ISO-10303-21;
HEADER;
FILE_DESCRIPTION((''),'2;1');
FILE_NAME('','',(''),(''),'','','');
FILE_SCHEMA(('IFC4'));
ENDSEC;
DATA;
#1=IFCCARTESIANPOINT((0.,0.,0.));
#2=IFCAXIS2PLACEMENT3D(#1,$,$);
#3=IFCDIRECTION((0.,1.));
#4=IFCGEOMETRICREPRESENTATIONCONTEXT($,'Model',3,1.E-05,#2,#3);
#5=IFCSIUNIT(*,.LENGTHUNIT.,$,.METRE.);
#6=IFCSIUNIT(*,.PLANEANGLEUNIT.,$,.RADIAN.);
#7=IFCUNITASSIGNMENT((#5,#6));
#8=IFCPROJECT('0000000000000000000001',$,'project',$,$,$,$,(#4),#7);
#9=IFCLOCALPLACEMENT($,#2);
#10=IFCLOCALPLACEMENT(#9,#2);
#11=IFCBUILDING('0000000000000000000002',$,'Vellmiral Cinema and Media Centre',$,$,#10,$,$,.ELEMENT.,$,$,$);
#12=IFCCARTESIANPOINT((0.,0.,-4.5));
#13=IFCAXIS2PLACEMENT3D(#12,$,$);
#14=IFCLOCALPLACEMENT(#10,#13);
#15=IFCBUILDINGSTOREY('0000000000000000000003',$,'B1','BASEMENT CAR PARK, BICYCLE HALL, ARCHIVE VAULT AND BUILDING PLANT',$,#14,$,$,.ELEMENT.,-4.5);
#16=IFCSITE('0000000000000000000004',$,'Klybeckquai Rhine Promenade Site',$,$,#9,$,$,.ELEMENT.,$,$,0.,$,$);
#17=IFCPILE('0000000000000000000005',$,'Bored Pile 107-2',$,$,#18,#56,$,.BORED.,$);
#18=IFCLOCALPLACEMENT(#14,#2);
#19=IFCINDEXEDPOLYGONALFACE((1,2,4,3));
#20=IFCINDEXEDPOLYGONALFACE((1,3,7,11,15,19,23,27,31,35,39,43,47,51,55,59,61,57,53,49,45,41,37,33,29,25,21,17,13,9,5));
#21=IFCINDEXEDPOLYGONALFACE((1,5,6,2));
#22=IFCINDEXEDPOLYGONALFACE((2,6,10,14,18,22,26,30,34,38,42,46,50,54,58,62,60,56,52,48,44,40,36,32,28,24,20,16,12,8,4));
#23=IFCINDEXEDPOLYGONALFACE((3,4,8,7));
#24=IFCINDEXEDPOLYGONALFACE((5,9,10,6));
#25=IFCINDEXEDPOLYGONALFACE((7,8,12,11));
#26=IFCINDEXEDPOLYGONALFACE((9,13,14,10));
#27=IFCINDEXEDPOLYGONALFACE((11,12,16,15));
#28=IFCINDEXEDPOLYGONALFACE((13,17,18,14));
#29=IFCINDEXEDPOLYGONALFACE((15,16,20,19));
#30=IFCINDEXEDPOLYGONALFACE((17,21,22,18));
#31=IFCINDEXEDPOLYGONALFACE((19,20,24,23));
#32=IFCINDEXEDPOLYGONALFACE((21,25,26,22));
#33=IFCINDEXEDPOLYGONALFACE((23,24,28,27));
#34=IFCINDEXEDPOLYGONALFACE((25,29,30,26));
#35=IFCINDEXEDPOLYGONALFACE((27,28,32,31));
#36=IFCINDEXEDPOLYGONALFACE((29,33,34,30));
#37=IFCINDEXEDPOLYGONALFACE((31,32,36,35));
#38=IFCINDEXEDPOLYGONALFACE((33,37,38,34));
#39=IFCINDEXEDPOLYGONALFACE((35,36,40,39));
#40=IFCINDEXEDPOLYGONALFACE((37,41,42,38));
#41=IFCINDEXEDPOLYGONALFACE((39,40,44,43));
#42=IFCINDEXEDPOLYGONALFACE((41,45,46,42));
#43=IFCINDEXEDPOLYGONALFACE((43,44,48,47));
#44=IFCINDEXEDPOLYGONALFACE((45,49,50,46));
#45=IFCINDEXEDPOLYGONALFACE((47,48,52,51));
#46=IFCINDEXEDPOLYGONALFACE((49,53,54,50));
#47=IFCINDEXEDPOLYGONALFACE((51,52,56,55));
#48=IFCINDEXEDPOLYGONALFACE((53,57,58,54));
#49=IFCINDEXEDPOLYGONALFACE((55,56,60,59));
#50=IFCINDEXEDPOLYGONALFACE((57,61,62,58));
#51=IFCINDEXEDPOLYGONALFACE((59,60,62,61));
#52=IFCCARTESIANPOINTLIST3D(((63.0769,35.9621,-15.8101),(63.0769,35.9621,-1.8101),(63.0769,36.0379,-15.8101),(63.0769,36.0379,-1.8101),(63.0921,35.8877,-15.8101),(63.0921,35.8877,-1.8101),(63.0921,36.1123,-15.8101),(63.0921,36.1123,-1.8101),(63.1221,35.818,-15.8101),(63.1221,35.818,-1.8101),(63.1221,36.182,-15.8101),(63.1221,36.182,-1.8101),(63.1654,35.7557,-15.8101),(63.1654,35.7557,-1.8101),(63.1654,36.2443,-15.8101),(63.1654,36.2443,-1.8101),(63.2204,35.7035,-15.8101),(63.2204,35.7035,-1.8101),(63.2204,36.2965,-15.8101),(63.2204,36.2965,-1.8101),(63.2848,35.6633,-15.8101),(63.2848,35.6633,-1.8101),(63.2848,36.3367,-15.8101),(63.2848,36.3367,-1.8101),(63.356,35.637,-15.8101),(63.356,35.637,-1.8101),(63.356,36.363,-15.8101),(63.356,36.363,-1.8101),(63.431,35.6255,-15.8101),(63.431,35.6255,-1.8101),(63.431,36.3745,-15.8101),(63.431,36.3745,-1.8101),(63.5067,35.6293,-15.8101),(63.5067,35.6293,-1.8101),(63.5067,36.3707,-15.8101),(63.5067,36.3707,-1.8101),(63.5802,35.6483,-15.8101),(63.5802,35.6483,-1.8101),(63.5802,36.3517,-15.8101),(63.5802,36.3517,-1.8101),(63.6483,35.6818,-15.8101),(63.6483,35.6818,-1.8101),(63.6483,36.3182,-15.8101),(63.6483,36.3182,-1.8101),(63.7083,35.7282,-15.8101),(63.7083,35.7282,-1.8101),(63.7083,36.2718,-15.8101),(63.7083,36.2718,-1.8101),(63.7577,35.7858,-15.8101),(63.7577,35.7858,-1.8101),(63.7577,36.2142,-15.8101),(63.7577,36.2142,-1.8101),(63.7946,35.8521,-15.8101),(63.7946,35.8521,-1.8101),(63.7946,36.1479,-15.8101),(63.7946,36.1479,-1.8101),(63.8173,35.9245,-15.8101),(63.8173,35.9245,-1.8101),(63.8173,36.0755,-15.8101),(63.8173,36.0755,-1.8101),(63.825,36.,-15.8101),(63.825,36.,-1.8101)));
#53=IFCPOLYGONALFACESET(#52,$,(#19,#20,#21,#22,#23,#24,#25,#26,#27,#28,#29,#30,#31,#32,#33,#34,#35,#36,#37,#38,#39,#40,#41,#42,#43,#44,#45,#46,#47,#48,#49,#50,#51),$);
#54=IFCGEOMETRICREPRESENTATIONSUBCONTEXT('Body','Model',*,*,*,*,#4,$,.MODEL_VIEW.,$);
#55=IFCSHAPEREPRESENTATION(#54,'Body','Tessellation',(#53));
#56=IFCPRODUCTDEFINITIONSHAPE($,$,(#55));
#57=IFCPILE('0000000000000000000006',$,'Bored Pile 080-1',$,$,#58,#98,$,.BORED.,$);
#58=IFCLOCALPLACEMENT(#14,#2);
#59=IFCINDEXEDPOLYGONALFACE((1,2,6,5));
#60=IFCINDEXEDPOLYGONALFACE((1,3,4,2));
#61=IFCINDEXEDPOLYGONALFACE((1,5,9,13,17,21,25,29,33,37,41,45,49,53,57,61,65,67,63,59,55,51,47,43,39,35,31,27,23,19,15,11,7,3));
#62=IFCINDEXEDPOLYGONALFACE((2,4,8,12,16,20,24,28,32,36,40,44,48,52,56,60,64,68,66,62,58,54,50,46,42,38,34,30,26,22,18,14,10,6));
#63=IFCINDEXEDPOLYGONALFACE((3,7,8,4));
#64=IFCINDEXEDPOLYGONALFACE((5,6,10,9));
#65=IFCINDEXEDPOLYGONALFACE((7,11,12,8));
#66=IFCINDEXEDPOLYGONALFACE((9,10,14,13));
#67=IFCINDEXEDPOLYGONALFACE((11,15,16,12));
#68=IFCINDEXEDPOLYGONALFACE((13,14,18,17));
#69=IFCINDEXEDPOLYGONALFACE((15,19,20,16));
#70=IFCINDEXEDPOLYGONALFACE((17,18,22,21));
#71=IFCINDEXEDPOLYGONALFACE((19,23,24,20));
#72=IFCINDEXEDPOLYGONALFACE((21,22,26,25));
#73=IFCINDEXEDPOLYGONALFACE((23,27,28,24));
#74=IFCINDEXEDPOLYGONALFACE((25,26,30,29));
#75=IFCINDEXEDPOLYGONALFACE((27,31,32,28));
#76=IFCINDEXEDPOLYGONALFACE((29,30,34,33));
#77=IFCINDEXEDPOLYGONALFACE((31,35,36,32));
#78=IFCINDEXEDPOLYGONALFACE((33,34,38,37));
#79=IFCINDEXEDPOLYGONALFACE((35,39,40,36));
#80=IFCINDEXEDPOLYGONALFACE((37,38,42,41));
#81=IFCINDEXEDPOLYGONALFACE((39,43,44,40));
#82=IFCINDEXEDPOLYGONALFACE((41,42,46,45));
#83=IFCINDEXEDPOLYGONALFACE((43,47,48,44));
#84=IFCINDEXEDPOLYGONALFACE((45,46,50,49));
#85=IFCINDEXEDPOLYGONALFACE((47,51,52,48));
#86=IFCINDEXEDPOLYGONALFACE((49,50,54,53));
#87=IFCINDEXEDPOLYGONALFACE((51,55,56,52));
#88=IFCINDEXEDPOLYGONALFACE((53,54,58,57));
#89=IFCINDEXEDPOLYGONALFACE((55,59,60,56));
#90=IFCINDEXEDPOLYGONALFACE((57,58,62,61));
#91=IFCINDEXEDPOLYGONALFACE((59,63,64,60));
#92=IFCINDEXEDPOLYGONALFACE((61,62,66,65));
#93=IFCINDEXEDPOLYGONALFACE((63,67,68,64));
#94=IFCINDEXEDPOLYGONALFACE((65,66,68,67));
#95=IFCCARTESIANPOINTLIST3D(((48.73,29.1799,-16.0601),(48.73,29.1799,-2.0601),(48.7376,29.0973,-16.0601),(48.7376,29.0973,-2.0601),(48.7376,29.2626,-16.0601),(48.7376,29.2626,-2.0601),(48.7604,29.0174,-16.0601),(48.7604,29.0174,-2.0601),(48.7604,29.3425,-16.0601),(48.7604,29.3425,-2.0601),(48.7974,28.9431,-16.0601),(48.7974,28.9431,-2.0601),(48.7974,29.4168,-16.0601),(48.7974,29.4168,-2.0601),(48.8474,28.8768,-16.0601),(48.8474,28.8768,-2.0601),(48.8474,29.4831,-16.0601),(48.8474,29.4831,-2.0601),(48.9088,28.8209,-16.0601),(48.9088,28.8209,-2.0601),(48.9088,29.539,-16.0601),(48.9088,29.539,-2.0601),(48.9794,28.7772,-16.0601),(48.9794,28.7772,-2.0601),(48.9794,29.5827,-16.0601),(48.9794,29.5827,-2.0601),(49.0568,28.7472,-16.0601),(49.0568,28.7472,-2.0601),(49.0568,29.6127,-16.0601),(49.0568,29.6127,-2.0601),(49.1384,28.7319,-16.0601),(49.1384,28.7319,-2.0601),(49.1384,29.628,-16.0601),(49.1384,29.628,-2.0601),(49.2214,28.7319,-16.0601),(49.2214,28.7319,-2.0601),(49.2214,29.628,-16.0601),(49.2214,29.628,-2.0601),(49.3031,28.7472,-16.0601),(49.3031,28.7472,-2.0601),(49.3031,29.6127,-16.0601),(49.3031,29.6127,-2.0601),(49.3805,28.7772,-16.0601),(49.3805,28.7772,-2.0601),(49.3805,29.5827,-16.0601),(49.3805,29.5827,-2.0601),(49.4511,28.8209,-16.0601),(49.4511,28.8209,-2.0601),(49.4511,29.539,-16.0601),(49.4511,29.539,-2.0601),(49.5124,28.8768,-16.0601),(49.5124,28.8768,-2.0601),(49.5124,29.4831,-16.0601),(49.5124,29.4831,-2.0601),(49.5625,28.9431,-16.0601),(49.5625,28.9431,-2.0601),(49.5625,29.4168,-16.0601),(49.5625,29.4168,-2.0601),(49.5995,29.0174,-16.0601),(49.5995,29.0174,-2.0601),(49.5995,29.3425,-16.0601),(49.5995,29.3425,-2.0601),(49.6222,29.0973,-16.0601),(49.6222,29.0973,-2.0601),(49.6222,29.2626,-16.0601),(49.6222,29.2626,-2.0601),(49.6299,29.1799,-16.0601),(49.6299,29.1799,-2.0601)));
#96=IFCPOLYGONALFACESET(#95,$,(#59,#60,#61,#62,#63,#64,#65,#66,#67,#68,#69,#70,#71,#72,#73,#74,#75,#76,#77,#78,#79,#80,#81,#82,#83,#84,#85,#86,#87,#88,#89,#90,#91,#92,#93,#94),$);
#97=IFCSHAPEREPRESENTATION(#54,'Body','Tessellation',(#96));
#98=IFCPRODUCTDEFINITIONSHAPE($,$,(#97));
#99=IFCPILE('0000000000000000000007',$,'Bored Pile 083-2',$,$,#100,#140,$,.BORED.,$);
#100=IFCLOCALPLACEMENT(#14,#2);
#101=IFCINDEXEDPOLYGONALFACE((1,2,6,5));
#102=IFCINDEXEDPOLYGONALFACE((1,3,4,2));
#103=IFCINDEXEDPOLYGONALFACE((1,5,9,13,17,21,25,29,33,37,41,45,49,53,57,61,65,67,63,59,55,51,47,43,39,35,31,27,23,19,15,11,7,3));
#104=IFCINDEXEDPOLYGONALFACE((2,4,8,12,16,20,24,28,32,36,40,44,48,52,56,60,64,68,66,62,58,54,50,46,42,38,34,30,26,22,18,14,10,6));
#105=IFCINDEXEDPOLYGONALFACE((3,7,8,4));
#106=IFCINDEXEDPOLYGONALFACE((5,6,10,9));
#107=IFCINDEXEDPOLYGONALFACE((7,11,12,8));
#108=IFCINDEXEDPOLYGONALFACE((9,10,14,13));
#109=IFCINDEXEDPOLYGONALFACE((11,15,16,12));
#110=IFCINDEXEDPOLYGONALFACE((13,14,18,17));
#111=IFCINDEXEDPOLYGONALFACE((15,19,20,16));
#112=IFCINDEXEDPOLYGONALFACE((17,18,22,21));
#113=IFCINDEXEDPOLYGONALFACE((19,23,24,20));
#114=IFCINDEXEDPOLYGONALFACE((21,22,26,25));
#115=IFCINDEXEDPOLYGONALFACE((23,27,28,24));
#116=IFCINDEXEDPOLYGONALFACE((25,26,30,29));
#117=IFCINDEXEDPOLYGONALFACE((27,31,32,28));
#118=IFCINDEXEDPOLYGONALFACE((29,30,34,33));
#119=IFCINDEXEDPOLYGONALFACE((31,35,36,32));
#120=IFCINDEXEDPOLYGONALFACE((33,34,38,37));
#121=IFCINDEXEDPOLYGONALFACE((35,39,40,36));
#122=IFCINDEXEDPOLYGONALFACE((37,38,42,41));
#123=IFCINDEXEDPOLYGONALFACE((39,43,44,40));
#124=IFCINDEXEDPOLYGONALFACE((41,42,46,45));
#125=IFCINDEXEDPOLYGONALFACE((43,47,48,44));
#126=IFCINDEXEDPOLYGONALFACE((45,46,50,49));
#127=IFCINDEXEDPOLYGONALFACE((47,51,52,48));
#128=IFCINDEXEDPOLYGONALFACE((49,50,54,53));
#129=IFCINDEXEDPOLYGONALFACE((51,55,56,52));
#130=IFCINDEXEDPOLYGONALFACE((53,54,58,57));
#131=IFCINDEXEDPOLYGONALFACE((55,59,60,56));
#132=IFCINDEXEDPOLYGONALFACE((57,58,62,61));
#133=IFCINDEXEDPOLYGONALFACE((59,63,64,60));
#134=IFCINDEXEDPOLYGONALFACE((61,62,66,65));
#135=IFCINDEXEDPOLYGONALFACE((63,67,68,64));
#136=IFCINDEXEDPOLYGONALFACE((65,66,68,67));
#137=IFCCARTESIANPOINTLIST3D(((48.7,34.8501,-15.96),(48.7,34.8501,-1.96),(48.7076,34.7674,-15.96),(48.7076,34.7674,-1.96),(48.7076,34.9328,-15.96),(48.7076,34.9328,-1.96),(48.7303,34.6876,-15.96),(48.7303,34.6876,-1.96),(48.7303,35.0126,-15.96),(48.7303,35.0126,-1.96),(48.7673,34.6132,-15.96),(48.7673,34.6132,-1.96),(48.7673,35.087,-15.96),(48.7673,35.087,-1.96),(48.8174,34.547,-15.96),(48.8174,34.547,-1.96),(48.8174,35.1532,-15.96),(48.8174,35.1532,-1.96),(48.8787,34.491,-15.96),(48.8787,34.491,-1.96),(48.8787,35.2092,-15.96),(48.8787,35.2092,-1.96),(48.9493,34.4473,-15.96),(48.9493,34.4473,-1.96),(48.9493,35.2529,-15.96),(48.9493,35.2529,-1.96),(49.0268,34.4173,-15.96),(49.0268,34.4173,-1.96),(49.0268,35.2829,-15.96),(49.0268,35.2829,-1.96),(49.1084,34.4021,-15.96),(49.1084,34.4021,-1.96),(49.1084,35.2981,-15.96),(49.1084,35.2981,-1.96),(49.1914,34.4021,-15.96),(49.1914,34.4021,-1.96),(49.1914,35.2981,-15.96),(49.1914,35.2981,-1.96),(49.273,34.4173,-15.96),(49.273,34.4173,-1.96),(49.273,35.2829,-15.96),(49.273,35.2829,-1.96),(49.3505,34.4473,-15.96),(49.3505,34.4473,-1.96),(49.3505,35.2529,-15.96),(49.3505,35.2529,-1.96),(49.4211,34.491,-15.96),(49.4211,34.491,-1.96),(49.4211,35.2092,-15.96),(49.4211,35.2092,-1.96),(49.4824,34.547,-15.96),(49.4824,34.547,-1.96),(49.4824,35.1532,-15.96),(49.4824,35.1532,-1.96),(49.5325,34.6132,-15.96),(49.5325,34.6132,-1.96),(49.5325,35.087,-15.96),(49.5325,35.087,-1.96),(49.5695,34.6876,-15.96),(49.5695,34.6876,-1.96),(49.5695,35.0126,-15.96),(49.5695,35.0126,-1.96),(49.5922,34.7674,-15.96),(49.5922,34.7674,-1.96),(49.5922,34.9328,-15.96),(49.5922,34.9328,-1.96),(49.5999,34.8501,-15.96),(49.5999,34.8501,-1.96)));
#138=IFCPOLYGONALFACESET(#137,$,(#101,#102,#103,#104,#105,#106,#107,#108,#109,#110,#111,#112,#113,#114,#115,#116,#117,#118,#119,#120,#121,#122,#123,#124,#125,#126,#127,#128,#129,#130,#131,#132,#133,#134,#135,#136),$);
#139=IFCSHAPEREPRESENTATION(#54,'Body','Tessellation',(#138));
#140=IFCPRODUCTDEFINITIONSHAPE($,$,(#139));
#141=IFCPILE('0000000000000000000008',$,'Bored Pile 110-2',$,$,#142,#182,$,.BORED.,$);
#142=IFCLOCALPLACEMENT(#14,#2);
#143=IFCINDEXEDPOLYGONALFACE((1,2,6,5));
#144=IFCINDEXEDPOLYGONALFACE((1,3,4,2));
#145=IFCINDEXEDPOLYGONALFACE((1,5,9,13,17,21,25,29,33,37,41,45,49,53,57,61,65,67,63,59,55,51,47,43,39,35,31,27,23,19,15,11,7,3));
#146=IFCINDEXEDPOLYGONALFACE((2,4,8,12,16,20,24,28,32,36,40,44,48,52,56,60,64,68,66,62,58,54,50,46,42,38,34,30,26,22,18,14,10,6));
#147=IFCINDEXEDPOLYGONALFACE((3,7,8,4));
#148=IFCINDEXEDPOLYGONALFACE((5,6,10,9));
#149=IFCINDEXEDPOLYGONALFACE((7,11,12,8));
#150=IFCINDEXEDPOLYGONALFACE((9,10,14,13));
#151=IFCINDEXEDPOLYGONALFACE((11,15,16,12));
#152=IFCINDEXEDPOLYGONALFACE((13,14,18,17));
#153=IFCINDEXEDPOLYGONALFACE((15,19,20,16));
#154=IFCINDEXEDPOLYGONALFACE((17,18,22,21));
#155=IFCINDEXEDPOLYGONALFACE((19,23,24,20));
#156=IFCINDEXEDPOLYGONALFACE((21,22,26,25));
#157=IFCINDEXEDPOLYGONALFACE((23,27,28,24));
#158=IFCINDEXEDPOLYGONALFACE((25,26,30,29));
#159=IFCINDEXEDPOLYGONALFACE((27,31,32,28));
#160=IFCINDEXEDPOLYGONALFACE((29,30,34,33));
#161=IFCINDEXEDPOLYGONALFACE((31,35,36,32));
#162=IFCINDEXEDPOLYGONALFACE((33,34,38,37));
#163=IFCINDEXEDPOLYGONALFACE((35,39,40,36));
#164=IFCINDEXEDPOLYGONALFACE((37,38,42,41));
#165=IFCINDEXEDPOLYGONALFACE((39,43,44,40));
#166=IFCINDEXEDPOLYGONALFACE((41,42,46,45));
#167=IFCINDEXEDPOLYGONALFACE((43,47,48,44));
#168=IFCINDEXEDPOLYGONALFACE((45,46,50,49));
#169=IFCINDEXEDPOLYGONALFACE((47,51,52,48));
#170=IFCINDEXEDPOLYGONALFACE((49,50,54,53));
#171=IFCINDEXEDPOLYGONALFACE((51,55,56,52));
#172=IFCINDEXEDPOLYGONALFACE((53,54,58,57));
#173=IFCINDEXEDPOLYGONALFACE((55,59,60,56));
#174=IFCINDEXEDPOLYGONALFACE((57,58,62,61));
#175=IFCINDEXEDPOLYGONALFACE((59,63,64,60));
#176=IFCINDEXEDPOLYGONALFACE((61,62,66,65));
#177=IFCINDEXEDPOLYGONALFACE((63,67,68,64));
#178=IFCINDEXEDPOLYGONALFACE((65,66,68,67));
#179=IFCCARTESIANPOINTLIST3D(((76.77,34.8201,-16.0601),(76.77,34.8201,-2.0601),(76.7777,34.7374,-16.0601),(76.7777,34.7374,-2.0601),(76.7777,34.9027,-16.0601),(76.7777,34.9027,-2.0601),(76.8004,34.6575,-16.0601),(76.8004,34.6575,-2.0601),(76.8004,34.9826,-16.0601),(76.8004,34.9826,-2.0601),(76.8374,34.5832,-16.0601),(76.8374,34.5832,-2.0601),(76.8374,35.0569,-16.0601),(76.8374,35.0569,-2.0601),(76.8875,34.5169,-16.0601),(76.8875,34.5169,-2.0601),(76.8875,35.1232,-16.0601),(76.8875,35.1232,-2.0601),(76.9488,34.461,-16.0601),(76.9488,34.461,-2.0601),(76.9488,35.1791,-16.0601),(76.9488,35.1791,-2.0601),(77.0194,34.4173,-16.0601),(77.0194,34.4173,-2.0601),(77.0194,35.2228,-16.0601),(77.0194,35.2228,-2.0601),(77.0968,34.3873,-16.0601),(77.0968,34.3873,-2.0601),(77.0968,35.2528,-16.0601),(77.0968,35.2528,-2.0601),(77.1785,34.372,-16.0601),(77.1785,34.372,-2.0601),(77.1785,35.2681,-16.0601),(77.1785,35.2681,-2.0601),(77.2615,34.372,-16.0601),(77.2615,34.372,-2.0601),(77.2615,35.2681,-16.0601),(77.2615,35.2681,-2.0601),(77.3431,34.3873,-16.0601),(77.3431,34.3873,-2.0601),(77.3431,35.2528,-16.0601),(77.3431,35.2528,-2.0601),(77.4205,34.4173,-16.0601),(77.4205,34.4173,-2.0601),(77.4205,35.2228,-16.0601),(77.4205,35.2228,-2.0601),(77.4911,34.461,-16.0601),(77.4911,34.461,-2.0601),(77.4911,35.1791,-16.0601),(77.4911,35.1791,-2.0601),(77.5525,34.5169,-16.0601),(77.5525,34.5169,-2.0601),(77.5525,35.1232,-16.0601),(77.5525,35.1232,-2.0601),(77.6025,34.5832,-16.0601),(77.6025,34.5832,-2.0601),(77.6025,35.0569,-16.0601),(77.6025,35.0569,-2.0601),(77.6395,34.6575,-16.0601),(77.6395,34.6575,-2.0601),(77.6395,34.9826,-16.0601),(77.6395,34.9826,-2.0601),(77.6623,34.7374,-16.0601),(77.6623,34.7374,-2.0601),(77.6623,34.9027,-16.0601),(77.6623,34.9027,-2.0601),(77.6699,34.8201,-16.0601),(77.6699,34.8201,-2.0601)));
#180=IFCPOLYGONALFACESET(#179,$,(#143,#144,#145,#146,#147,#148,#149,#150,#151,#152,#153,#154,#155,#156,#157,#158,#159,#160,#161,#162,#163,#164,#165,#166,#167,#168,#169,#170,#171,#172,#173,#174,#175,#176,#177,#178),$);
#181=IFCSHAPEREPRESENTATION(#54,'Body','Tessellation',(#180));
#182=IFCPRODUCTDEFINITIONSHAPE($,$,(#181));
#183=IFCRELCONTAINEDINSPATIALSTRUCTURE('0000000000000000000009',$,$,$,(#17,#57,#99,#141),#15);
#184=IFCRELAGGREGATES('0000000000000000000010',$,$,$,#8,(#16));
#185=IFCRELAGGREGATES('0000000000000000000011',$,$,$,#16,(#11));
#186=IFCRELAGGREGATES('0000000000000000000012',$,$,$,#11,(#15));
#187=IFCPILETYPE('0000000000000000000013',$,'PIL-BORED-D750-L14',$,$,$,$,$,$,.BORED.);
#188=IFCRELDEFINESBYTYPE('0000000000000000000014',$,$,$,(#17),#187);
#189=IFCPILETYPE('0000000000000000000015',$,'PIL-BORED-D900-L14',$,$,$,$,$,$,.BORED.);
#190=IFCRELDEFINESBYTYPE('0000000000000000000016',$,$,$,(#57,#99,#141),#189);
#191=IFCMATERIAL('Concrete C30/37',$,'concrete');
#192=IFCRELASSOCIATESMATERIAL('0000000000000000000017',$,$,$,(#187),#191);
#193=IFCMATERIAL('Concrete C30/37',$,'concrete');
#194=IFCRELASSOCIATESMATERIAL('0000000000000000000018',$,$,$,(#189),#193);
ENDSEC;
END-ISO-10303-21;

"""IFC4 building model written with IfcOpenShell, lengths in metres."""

from ifc_helpers import new_model, si_unit, direction, frame, origin, origin_2d, place, context, subcontext, project, spatial, circle, extrude, material, material_profile, profile_set, type_object, element, save


model = new_model("IFC4")

# Units and contexts
model_context = context("Model", 3, precision=1e-05, world=origin(), true_north=direction((0.0, 1.0)))
body_context = subcontext(model_context, "Body", "Model", "MODEL_VIEW")
ifc_project = project(units=[si_unit("LENGTHUNIT", "METRE"), si_unit("PLANEANGLEUNIT", "RADIAN")], contexts=[model_context])

# Site, building, storey
site_placement = place(None, origin())
site = spatial("IfcSite", under=ifc_project, at=site_placement, Name="Klybeckquai Rhine Promenade Site", CompositionType="ELEMENT", RefElevation=0.0)
building_placement = place(site_placement, origin())
building = spatial("IfcBuilding", under=site, at=building_placement, Name="Vellmiral Cinema and Media Centre", CompositionType="ELEMENT")
storey_placement = place(building_placement, frame((0.0, 0.0, -4.5)))
storey = spatial("IfcBuildingStorey", under=building, at=storey_placement, Name="B1", Description="BASEMENT CAR PARK, BICYCLE HALL, ARCHIVE VAULT AND BUILDING PLANT", CompositionType="ELEMENT", Elevation=-4.5)

# Piles
ifc_material_1 = material(Name="Concrete C30/37", Category="concrete")
ifc_material_profile_1 = material_profile(ifc_material_1, circle(Radius=0.375, at=origin_2d()), Name="PILE D750")
ifc_profile_set_1 = profile_set([ifc_material_profile_1], Name="Concrete C30/37")
pile_type_1 = type_object("IfcPileType", Name="PIL-BORED-D750-L14", PredefinedType="BORED", material=ifc_profile_set_1)
for number, where, z_axis, x_axis, name in (
    (1, (63.45, 36.0, -1.8101), (0.0, 0.0, -1.0), (1.0, 0.0, 0.0), "Bored Pile 107-2"),
):
    element("IfcPile", number, at=place(storey_placement, frame(where, z_axis=z_axis, x_axis=x_axis)), inside=storey, type_object=pile_type_1, Name=name, PredefinedType="BORED", context=body_context, shape_type="SweptSolid", body=[
        extrude(circle(Radius=0.375, at=origin_2d()), origin(), (0.0, 0.0, 1.0), 14.0),
    ])
ifc_material_2 = material(Name="Concrete C30/37", Category="concrete")
ifc_material_profile_2 = material_profile(ifc_material_2, circle(Radius=0.45, at=origin_2d()), Name="PILE D900")
ifc_profile_set_2 = profile_set([ifc_material_profile_2], Name="Concrete C30/37")
pile_type_2 = type_object("IfcPileType", Name="PIL-BORED-D900-L14", PredefinedType="BORED", material=ifc_profile_set_2)
for number, where, z_axis, x_axis, name in (
    (2, (49.1799, 29.1799, -2.0601), (0.0, 0.0, -1.0), (1.0, 0.0, 0.0), "Bored Pile 080-1"),
    (3, (49.1499, 34.8501, -1.96), (0.0, 0.0, -1.0), (1.0, 0.0, 0.0), "Bored Pile 083-2"),
    (4, (77.22, 34.8201, -2.0601), (0.0, 0.0, -1.0), (1.0, 0.0, 0.0), "Bored Pile 110-2"),
):
    element("IfcPile", number, at=place(storey_placement, frame(where, z_axis=z_axis, x_axis=x_axis)), inside=storey, type_object=pile_type_2, Name=name, PredefinedType="BORED", context=body_context, shape_type="SweptSolid", body=[
        extrude(circle(Radius=0.45, at=origin_2d()), origin(), (0.0, 0.0, 1.0), 14.0),
    ])

save(model, "model.ifc")
